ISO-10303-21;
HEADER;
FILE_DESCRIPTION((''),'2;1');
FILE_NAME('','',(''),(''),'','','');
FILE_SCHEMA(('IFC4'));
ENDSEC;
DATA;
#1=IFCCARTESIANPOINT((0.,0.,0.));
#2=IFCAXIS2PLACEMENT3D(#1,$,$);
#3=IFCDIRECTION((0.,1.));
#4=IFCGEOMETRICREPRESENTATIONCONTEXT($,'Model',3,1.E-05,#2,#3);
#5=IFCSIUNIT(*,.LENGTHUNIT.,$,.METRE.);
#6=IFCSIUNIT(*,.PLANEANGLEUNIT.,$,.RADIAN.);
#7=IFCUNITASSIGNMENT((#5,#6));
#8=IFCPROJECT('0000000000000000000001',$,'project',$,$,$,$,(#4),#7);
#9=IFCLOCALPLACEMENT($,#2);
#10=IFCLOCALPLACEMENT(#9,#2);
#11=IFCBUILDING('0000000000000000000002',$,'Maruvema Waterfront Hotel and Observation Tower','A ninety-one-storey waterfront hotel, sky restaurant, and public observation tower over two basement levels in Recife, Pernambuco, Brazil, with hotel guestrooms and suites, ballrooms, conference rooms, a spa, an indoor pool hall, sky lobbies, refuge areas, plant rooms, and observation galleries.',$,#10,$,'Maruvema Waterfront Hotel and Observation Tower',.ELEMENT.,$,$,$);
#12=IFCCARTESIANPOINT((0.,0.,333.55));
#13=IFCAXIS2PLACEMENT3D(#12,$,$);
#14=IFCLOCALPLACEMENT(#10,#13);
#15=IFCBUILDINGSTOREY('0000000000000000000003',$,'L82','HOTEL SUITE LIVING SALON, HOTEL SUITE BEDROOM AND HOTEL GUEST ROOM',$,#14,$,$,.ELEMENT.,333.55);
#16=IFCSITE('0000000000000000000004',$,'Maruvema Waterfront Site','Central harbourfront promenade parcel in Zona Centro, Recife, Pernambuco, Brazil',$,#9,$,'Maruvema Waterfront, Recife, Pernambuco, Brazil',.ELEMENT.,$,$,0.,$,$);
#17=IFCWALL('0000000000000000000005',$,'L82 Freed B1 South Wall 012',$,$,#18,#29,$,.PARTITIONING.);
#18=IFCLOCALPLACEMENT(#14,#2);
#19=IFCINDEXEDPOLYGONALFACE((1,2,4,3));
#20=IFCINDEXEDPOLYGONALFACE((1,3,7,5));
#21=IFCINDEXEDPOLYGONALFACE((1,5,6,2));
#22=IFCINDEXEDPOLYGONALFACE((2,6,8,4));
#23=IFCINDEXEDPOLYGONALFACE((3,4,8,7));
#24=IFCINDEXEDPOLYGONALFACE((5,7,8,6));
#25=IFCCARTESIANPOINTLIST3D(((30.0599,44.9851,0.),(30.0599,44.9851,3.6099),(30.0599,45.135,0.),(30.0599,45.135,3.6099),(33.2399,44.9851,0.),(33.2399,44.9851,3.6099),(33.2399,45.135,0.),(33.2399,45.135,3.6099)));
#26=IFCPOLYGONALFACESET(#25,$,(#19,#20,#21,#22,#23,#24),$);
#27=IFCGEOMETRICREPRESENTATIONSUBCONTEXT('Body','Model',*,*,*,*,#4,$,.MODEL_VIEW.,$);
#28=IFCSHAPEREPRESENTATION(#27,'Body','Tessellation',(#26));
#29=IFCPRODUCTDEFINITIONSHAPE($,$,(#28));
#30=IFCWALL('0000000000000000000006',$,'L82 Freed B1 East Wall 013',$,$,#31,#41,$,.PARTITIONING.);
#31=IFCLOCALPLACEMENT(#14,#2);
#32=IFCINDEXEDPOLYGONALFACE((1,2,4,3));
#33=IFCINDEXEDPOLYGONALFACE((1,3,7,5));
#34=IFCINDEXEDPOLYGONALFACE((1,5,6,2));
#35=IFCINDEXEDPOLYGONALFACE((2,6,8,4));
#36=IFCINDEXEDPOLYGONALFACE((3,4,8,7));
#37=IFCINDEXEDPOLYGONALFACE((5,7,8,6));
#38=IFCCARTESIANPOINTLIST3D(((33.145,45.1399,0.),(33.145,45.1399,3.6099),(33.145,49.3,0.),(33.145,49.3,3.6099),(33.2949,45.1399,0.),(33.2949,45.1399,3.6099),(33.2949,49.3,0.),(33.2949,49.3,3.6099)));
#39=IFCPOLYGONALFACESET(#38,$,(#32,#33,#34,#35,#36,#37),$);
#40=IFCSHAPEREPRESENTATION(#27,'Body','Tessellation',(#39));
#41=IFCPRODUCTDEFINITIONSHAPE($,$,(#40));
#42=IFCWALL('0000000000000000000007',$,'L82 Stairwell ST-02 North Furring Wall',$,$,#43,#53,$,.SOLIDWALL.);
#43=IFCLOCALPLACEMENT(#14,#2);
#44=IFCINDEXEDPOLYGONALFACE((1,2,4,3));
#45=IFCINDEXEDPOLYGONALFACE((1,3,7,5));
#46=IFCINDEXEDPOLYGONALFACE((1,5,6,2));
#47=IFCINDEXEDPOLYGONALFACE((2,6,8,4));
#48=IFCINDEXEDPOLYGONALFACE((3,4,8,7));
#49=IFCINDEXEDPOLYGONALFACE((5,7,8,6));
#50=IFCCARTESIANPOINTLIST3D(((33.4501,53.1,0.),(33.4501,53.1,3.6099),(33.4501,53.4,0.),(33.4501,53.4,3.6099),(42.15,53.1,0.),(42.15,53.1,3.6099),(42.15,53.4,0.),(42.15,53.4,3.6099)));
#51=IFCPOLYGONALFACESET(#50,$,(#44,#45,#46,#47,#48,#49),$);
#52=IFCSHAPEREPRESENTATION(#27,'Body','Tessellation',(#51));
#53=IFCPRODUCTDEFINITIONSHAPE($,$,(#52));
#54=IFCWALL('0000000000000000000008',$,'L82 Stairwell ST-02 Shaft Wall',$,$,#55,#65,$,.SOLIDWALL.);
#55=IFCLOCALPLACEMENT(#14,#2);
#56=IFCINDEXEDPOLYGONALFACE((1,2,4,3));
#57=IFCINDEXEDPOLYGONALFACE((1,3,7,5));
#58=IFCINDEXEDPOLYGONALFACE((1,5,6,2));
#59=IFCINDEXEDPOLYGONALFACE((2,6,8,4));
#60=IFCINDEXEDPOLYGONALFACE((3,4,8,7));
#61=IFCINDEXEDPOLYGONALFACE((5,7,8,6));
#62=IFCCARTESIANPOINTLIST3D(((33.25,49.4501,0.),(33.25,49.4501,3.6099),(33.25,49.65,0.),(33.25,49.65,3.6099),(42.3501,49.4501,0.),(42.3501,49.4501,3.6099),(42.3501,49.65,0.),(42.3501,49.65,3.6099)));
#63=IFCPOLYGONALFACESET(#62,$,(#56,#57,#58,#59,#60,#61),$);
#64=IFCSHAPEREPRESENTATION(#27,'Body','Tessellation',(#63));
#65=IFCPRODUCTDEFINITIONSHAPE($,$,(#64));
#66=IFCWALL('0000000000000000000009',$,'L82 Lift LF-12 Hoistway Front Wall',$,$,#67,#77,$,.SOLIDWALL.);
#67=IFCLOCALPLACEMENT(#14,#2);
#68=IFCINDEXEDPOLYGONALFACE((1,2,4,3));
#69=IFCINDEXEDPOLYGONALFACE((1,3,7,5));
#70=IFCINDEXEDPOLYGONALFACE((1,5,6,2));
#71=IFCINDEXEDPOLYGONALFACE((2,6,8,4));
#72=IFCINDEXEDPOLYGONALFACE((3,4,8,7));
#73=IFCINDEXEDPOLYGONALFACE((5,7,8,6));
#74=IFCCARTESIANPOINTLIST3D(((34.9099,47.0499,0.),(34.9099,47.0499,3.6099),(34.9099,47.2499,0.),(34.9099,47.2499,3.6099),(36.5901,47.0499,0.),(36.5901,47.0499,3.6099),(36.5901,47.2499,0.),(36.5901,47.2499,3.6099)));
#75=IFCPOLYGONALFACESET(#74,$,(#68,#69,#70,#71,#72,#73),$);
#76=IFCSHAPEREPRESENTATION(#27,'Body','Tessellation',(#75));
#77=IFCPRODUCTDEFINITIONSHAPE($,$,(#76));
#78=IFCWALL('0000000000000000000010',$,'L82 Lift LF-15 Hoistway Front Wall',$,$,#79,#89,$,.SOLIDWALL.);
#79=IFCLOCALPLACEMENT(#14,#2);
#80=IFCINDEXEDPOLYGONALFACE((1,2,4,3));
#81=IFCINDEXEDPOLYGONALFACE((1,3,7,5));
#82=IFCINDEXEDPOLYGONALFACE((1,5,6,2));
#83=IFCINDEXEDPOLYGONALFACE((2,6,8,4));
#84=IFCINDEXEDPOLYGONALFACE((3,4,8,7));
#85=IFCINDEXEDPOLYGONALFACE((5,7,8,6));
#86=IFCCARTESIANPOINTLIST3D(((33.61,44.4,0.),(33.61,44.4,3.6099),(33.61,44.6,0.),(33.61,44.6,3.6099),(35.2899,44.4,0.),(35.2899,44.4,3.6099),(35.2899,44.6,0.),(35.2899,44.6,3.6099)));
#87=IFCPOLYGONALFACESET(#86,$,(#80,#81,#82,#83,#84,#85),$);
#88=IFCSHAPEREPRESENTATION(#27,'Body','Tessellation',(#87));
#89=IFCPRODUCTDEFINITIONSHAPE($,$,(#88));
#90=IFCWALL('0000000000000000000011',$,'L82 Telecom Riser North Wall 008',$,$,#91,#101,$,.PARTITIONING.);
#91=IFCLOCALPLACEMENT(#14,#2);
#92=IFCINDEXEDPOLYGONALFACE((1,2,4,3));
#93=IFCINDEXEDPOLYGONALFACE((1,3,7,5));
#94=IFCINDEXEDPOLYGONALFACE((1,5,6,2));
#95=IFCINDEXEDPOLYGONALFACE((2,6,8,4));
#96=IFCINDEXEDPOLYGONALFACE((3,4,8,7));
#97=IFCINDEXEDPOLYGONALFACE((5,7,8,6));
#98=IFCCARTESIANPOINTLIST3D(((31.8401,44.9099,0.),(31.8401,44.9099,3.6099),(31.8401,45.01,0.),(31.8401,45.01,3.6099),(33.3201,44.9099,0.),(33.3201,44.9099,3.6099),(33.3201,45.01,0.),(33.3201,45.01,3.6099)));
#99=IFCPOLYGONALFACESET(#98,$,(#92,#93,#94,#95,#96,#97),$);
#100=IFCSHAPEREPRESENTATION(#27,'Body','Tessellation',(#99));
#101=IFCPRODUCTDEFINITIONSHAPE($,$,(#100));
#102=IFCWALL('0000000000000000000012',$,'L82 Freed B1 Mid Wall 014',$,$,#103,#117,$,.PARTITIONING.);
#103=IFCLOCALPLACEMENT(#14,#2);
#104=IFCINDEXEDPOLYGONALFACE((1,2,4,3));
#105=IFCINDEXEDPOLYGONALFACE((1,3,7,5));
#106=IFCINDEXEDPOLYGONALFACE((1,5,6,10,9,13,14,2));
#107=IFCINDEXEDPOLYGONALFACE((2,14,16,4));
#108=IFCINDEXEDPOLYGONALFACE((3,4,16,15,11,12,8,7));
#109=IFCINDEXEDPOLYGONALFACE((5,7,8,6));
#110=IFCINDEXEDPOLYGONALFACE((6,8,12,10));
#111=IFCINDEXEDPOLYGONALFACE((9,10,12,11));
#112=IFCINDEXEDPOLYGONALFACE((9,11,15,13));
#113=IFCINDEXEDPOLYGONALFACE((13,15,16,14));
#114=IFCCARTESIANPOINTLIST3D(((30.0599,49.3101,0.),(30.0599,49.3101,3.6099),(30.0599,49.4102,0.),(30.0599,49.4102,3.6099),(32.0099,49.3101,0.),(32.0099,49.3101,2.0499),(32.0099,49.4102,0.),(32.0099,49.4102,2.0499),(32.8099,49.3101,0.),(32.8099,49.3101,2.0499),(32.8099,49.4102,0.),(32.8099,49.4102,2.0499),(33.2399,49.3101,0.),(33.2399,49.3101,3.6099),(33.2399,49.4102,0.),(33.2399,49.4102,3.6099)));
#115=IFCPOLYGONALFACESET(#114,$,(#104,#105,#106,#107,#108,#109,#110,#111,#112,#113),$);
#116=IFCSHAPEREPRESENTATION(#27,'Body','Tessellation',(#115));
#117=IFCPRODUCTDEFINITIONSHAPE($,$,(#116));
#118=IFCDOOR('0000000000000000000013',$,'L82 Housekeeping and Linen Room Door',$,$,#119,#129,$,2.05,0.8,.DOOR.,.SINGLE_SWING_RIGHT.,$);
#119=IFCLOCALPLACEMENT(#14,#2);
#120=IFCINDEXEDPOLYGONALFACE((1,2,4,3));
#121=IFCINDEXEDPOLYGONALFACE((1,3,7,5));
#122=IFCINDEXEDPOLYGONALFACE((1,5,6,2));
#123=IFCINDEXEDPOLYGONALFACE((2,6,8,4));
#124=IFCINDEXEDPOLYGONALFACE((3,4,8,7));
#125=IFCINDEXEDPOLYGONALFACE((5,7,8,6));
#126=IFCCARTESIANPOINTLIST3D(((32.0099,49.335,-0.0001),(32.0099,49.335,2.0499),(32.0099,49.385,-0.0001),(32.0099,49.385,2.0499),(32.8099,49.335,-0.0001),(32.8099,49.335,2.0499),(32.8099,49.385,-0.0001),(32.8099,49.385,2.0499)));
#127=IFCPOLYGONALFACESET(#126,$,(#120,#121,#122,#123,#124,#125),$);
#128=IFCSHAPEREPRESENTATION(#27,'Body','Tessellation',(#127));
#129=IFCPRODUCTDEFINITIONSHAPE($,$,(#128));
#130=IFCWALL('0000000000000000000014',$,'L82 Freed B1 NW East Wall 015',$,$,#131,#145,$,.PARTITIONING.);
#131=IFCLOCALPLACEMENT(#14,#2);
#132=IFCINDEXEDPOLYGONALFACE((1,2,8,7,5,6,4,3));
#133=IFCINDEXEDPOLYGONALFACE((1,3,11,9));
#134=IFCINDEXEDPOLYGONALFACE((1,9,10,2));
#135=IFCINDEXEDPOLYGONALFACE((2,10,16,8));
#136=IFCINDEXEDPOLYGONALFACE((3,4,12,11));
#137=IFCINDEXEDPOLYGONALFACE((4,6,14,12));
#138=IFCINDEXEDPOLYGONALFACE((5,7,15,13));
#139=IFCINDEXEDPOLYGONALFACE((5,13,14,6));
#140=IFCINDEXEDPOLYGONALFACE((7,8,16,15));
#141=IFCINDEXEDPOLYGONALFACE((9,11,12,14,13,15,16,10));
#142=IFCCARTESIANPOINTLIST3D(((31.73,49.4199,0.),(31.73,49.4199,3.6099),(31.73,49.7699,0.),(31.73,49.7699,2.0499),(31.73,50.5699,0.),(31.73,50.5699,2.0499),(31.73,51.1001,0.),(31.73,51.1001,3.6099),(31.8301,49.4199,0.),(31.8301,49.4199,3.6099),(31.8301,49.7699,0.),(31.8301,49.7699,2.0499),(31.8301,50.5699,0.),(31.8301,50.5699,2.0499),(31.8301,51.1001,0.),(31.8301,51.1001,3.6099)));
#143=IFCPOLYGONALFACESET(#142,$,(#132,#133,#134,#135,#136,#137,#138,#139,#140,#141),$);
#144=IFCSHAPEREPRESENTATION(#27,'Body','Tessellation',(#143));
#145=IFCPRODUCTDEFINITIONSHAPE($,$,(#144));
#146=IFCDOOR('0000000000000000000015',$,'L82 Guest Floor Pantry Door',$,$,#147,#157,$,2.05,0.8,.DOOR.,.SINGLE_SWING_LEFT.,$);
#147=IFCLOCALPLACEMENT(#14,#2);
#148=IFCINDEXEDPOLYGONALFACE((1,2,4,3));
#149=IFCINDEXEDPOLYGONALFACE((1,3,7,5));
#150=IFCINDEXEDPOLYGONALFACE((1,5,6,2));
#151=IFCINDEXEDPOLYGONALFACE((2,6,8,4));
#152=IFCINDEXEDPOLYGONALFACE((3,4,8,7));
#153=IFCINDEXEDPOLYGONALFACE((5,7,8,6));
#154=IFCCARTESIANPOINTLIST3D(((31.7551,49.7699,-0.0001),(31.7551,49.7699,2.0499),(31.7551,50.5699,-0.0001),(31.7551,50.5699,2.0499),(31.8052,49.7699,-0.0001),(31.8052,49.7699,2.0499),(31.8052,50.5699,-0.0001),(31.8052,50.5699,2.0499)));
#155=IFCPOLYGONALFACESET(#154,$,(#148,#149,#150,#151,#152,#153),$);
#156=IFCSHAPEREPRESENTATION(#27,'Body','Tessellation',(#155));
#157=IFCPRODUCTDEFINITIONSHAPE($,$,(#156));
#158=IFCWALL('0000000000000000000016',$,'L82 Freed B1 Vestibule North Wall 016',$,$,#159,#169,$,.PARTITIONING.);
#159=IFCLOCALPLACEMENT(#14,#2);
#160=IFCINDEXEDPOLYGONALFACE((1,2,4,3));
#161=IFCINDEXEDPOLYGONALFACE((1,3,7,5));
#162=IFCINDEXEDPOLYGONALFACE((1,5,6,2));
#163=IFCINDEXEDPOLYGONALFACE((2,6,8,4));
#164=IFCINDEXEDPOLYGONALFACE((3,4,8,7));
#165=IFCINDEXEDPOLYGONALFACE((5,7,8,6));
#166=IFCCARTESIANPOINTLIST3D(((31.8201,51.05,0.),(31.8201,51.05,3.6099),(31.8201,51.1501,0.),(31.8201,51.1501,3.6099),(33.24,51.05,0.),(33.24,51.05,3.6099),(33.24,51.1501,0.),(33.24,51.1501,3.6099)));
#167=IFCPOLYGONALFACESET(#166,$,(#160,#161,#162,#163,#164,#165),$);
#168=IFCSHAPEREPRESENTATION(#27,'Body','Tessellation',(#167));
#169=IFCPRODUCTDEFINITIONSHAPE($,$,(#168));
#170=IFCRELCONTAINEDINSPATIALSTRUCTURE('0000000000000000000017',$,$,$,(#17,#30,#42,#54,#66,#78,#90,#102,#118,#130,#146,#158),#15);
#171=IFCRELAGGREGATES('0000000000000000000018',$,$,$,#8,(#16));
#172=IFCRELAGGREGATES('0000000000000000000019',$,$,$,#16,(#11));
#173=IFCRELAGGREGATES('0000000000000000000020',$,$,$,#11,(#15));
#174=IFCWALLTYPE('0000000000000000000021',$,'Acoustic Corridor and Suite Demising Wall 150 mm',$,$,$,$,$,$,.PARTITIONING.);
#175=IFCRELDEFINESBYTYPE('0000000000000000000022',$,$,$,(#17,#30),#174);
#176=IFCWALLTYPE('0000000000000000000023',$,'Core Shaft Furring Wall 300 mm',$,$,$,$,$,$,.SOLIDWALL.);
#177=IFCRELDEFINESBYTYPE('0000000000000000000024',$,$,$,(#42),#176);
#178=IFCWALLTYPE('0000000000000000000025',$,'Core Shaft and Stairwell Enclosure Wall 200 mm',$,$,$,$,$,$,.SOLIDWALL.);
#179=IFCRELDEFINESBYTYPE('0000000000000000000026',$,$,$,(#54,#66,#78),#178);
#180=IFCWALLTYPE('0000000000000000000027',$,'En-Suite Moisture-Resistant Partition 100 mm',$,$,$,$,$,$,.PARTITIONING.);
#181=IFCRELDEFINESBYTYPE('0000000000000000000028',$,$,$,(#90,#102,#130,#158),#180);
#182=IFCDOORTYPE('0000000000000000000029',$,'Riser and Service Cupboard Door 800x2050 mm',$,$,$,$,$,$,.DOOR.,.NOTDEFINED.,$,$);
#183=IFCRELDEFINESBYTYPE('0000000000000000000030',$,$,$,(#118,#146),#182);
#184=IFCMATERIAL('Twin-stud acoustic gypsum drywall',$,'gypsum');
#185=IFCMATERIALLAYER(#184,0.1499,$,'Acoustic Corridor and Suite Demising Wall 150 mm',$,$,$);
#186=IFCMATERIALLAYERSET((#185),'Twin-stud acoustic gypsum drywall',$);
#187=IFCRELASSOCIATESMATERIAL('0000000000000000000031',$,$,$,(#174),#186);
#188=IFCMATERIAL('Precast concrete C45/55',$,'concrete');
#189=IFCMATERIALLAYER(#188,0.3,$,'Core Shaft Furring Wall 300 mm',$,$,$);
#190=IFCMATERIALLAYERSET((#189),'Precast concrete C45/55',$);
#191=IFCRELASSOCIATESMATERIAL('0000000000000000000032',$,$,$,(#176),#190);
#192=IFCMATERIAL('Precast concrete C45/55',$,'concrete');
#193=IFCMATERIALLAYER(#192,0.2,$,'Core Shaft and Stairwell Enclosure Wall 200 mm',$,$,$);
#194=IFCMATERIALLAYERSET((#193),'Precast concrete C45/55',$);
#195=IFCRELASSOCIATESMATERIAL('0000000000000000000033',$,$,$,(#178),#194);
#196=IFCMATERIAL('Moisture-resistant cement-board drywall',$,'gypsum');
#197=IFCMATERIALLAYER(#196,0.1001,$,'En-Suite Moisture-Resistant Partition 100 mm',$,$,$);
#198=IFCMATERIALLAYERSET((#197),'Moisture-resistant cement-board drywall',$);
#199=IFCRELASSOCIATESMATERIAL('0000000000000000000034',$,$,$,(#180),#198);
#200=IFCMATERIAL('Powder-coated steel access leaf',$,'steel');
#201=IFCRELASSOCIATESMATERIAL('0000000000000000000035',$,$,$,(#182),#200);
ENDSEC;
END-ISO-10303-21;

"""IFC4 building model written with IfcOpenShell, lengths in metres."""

from ifc_helpers import new_model, si_unit, direction, frame, frame_2d, origin, place, context, subcontext, project, spatial, rectangle, extrude, material, layer, layer_set, type_object, element, fill, save


model = new_model("IFC4")

# Units and contexts
model_context = context("Model", 3, precision=1e-05, world=origin(), true_north=direction((0.0, 1.0)))
body_context = subcontext(model_context, "Body", "Model", "MODEL_VIEW")
ifc_project = project(units=[si_unit("LENGTHUNIT", "METRE"), si_unit("PLANEANGLEUNIT", "RADIAN")], contexts=[model_context])

# Site, building, storey
site_placement = place(None, origin())
site = spatial("IfcSite", under=ifc_project, at=site_placement, Name="Maruvema Waterfront Site", Description="Central harbourfront promenade parcel in Zona Centro, Recife, Pernambuco, Brazil", LongName="Maruvema Waterfront, Recife, Pernambuco, Brazil", CompositionType="ELEMENT", RefElevation=0.0)
building_placement = place(site_placement, origin())
building = spatial("IfcBuilding", under=site, at=building_placement, Name="Maruvema Waterfront Hotel and Observation Tower", Description="A ninety-one-storey waterfront hotel, sky restaurant, and public observation tower over two basement levels in Recife, Pernambuco, Brazil, with hotel guestrooms and suites, ballrooms, conference rooms, a spa, an indoor pool hall, sky lobbies, refuge areas, plant rooms, and observation galleries.", LongName="Maruvema Waterfront Hotel and Observation Tower", CompositionType="ELEMENT")
storey_placement = place(building_placement, frame((0.0, 0.0, 333.55)))
storey = spatial("IfcBuildingStorey", under=building, at=storey_placement, Name="L82", Description="HOTEL SUITE LIVING SALON, HOTEL SUITE BEDROOM AND HOTEL GUEST ROOM", CompositionType="ELEMENT", Elevation=333.55)

# Walls
ifc_material_1 = material(Name="Twin-stud acoustic gypsum drywall", Category="gypsum")
ifc_layer_1 = layer(ifc_material_1, 0.1499, Name="Acoustic Corridor and Suite Demising Wall 150 mm")
ifc_layer_set_1 = layer_set([ifc_layer_1], Name="Twin-stud acoustic gypsum drywall")
wall_type_1 = type_object("IfcWallType", Name="Acoustic Corridor and Suite Demising Wall 150 mm", PredefinedType="PARTITIONING", material=ifc_layer_set_1)
wall_1_placement = place(storey_placement, frame((30.0601, 45.0601, 0.0), z_axis=(0.0, 0.0, 1.0), x_axis=(1.0, 0.0, 0.0)))
element("IfcWall", 1, at=wall_1_placement, inside=storey, type_object=wall_type_1, Name="L82 Freed B1 South Wall 012", PredefinedType="PARTITIONING", context=body_context, shape_type="SweptSolid", body=[
    extrude(rectangle(XDim=3.1799, YDim=0.1499, at=frame_2d((1.5898, 0.0))), origin(), (0.0, 0.0, 1.0), 3.6099),
])
wall_2_placement = place(storey_placement, frame((33.22, 45.1399, 0.0), z_axis=(0.0, 0.0, 1.0), x_axis=(0.0, 1.0, 0.0)))
element("IfcWall", 2, at=wall_2_placement, inside=storey, type_object=wall_type_1, Name="L82 Freed B1 East Wall 013", PredefinedType="PARTITIONING", context=body_context, shape_type="SweptSolid", body=[
    extrude(rectangle(XDim=4.1602, YDim=0.1499, at=frame_2d((2.0801, 0.0))), origin(), (0.0, 0.0, 1.0), 3.6099),
])
ifc_material_2 = material(Name="Precast concrete C45/55", Category="concrete")
ifc_layer_2 = layer(ifc_material_2, 0.3, Name="Core Shaft Furring Wall 300 mm")
ifc_layer_set_2 = layer_set([ifc_layer_2], Name="Precast concrete C45/55")
wall_type_2 = type_object("IfcWallType", Name="Core Shaft Furring Wall 300 mm", PredefinedType="SOLIDWALL", material=ifc_layer_set_2)
wall_3_placement = place(storey_placement, frame((33.45, 53.25, 0.0), z_axis=(0.0, 0.0, 1.0), x_axis=(1.0, 0.0, 0.0)))
element("IfcWall", 3, at=wall_3_placement, inside=storey, type_object=wall_type_2, Name="L82 Stairwell ST-02 North Furring Wall", PredefinedType="SOLIDWALL", context=body_context, shape_type="SweptSolid", body=[
    extrude(rectangle(XDim=8.7, YDim=0.3, at=frame_2d((4.3501, 0.0))), origin(), (0.0, 0.0, 1.0), 3.6099),
])
ifc_material_3 = material(Name="Precast concrete C45/55", Category="concrete")
ifc_layer_3 = layer(ifc_material_3, 0.2, Name="Core Shaft and Stairwell Enclosure Wall 200 mm")
ifc_layer_set_3 = layer_set([ifc_layer_3], Name="Precast concrete C45/55")
wall_type_3 = type_object("IfcWallType", Name="Core Shaft and Stairwell Enclosure Wall 200 mm", PredefinedType="SOLIDWALL", material=ifc_layer_set_3)
wall_4_placement = place(storey_placement, frame((33.25, 49.55, 0.0), z_axis=(0.0, 0.0, 1.0), x_axis=(1.0, 0.0, 0.0)))
element("IfcWall", 4, at=wall_4_placement, inside=storey, type_object=wall_type_3, Name="L82 Stairwell ST-02 Shaft Wall", PredefinedType="SOLIDWALL", context=body_context, shape_type="SweptSolid", body=[
    extrude(rectangle(XDim=9.1001, YDim=0.2, at=frame_2d((4.55, 0.0))), origin(), (0.0, 0.0, 1.0), 3.6099),
])

# Walls
wall_5_placement = place(storey_placement, frame((34.9099, 47.1499, 0.0), z_axis=(0.0, 0.0, 1.0), x_axis=(1.0, 0.0, 0.0)))
element("IfcWall", 5, at=wall_5_placement, inside=storey, type_object=wall_type_3, Name="L82 Lift LF-12 Hoistway Front Wall", PredefinedType="SOLIDWALL", context=body_context, shape_type="SweptSolid", body=[
    extrude(rectangle(XDim=1.6802, YDim=0.2, at=frame_2d((0.8401, 0.0))), origin(), (0.0, 0.0, 1.0), 3.6099),
])
wall_6_placement = place(storey_placement, frame((33.6101, 44.5, 0.0), z_axis=(0.0, 0.0, 1.0), x_axis=(1.0, 0.0, 0.0)))
element("IfcWall", 6, at=wall_6_placement, inside=storey, type_object=wall_type_3, Name="L82 Lift LF-15 Hoistway Front Wall", PredefinedType="SOLIDWALL", context=body_context, shape_type="SweptSolid", body=[
    extrude(rectangle(XDim=1.6799, YDim=0.2, at=frame_2d((0.8398, 0.0))), origin(), (0.0, 0.0, 1.0), 3.6099),
])
ifc_material_4 = material(Name="Moisture-resistant cement-board drywall", Category="gypsum")
ifc_layer_4 = layer(ifc_material_4, 0.1001, Name="En-Suite Moisture-Resistant Partition 100 mm")
ifc_layer_set_4 = layer_set([ifc_layer_4], Name="Moisture-resistant cement-board drywall")
wall_type_4 = type_object("IfcWallType", Name="En-Suite Moisture-Resistant Partition 100 mm", PredefinedType="PARTITIONING", material=ifc_layer_set_4)
wall_7_placement = place(storey_placement, frame((31.8401, 44.96, 0.0), z_axis=(0.0, 0.0, 1.0), x_axis=(1.0, 0.0, 0.0)))
element("IfcWall", 7, at=wall_7_placement, inside=storey, type_object=wall_type_4, Name="L82 Telecom Riser North Wall 008", PredefinedType="PARTITIONING", context=body_context, shape_type="SweptSolid", body=[
    extrude(rectangle(XDim=1.48, YDim=0.1001, at=frame_2d((0.74, 0.0))), origin(), (0.0, 0.0, 1.0), 3.6099),
])

# Walls, openings, doors
wall_8_placement = place(storey_placement, frame((30.0601, 49.3601, 0.0), z_axis=(0.0, 0.0, 1.0), x_axis=(1.0, 0.0, 0.0)))
wall_8 = element("IfcWall", 8, at=wall_8_placement, inside=storey, type_object=wall_type_4, Name="L82 Freed B1 Mid Wall 014", PredefinedType="PARTITIONING", context=body_context, shape_type="SweptSolid", body=[
    extrude(rectangle(XDim=3.1799, YDim=0.1001, at=frame_2d((1.5898, 0.0))), origin(), (0.0, 0.0, 1.0), 3.6099),
])
opening_1_placement = place(wall_8_placement, frame((1.95, 0.0, 0.0)))
opening_1 = element("IfcOpeningElement", 9, at=opening_1_placement, cuts=wall_8, PredefinedType="OPENING", context=body_context, shape_type="SweptSolid", body=[
    extrude(rectangle(XDim=0.8, YDim=2.05, at=frame_2d((0.3999, 1.0249))), frame((0.0, 0.0601, 0.0), z_axis=(0.0, -1.0, 0.0), x_axis=(1.0, 0.0, 0.0)), (0.0, 0.0, 1.0), 0.1201),
])
ifc_material_5 = material(Name="Powder-coated steel access leaf", Category="steel")
door_type_1 = type_object("IfcDoorType", Name="Riser and Service Cupboard Door 800x2050 mm", OperationType="NOTDEFINED", PredefinedType="DOOR", material=ifc_material_5)
door_1_placement = place(opening_1_placement, origin())
door_1 = element("IfcDoor", 10, at=door_1_placement, inside=storey, type_object=door_type_1, Name="L82 Housekeeping and Linen Room Door", OperationType="SINGLE_SWING_RIGHT", OverallHeight=2.05, OverallWidth=0.8, PredefinedType="DOOR", context=body_context, shape_type="SweptSolid", body=[
    extrude(rectangle(XDim=0.8, YDim=2.05, at=frame_2d((0.3999, 1.0249))), frame((0.0, 0.0249, 0.0), z_axis=(0.0, -1.0, 0.0), x_axis=(1.0, 0.0, 0.0)), (0.0, 0.0, 1.0), 0.05),
])
fill(opening_1, door_1)
wall_9_placement = place(storey_placement, frame((31.78, 49.4199, 0.0), z_axis=(0.0, 0.0, 1.0), x_axis=(0.0, 1.0, 0.0)))
wall_9 = element("IfcWall", 11, at=wall_9_placement, inside=storey, type_object=wall_type_4, Name="L82 Freed B1 NW East Wall 015", PredefinedType="PARTITIONING", context=body_context, shape_type="SweptSolid", body=[
    extrude(rectangle(XDim=1.6802, YDim=0.1001, at=frame_2d((0.8401, 0.0))), origin(), (0.0, 0.0, 1.0), 3.6099),
])
opening_2_placement = place(wall_9_placement, frame((0.3501, 0.0, 0.0)))
opening_2 = element("IfcOpeningElement", 12, at=opening_2_placement, cuts=wall_9, PredefinedType="OPENING", context=body_context, shape_type="SweptSolid", body=[
    extrude(rectangle(XDim=0.8, YDim=2.05, at=frame_2d((0.3999, 1.0249))), frame((0.0, 0.0601, 0.0), z_axis=(0.0, -1.0, 0.0), x_axis=(1.0, 0.0, 0.0)), (0.0, 0.0, 1.0), 0.1201),
])
door_2_placement = place(opening_2_placement, origin())
door_2 = element("IfcDoor", 13, at=door_2_placement, inside=storey, type_object=door_type_1, Name="L82 Guest Floor Pantry Door", OperationType="SINGLE_SWING_LEFT", OverallHeight=2.05, OverallWidth=0.8, PredefinedType="DOOR", context=body_context, shape_type="SweptSolid", body=[
    extrude(rectangle(XDim=0.8, YDim=2.05, at=frame_2d((0.3999, 1.0249))), frame((0.0, 0.0249, 0.0), z_axis=(0.0, -1.0, 0.0), x_axis=(1.0, 0.0, 0.0)), (0.0, 0.0, 1.0), 0.05),
])
fill(opening_2, door_2)

# Wall
wall_10_placement = place(storey_placement, frame((31.8201, 51.1001, 0.0), z_axis=(0.0, 0.0, 1.0), x_axis=(1.0, 0.0, 0.0)))
element("IfcWall", 14, at=wall_10_placement, inside=storey, type_object=wall_type_4, Name="L82 Freed B1 Vestibule North Wall 016", PredefinedType="PARTITIONING", context=body_context, shape_type="SweptSolid", body=[
    extrude(rectangle(XDim=1.4199, YDim=0.1001, at=frame_2d((0.71, 0.0))), origin(), (0.0, 0.0, 1.0), 3.6099),
])

save(model, "model.ifc")
